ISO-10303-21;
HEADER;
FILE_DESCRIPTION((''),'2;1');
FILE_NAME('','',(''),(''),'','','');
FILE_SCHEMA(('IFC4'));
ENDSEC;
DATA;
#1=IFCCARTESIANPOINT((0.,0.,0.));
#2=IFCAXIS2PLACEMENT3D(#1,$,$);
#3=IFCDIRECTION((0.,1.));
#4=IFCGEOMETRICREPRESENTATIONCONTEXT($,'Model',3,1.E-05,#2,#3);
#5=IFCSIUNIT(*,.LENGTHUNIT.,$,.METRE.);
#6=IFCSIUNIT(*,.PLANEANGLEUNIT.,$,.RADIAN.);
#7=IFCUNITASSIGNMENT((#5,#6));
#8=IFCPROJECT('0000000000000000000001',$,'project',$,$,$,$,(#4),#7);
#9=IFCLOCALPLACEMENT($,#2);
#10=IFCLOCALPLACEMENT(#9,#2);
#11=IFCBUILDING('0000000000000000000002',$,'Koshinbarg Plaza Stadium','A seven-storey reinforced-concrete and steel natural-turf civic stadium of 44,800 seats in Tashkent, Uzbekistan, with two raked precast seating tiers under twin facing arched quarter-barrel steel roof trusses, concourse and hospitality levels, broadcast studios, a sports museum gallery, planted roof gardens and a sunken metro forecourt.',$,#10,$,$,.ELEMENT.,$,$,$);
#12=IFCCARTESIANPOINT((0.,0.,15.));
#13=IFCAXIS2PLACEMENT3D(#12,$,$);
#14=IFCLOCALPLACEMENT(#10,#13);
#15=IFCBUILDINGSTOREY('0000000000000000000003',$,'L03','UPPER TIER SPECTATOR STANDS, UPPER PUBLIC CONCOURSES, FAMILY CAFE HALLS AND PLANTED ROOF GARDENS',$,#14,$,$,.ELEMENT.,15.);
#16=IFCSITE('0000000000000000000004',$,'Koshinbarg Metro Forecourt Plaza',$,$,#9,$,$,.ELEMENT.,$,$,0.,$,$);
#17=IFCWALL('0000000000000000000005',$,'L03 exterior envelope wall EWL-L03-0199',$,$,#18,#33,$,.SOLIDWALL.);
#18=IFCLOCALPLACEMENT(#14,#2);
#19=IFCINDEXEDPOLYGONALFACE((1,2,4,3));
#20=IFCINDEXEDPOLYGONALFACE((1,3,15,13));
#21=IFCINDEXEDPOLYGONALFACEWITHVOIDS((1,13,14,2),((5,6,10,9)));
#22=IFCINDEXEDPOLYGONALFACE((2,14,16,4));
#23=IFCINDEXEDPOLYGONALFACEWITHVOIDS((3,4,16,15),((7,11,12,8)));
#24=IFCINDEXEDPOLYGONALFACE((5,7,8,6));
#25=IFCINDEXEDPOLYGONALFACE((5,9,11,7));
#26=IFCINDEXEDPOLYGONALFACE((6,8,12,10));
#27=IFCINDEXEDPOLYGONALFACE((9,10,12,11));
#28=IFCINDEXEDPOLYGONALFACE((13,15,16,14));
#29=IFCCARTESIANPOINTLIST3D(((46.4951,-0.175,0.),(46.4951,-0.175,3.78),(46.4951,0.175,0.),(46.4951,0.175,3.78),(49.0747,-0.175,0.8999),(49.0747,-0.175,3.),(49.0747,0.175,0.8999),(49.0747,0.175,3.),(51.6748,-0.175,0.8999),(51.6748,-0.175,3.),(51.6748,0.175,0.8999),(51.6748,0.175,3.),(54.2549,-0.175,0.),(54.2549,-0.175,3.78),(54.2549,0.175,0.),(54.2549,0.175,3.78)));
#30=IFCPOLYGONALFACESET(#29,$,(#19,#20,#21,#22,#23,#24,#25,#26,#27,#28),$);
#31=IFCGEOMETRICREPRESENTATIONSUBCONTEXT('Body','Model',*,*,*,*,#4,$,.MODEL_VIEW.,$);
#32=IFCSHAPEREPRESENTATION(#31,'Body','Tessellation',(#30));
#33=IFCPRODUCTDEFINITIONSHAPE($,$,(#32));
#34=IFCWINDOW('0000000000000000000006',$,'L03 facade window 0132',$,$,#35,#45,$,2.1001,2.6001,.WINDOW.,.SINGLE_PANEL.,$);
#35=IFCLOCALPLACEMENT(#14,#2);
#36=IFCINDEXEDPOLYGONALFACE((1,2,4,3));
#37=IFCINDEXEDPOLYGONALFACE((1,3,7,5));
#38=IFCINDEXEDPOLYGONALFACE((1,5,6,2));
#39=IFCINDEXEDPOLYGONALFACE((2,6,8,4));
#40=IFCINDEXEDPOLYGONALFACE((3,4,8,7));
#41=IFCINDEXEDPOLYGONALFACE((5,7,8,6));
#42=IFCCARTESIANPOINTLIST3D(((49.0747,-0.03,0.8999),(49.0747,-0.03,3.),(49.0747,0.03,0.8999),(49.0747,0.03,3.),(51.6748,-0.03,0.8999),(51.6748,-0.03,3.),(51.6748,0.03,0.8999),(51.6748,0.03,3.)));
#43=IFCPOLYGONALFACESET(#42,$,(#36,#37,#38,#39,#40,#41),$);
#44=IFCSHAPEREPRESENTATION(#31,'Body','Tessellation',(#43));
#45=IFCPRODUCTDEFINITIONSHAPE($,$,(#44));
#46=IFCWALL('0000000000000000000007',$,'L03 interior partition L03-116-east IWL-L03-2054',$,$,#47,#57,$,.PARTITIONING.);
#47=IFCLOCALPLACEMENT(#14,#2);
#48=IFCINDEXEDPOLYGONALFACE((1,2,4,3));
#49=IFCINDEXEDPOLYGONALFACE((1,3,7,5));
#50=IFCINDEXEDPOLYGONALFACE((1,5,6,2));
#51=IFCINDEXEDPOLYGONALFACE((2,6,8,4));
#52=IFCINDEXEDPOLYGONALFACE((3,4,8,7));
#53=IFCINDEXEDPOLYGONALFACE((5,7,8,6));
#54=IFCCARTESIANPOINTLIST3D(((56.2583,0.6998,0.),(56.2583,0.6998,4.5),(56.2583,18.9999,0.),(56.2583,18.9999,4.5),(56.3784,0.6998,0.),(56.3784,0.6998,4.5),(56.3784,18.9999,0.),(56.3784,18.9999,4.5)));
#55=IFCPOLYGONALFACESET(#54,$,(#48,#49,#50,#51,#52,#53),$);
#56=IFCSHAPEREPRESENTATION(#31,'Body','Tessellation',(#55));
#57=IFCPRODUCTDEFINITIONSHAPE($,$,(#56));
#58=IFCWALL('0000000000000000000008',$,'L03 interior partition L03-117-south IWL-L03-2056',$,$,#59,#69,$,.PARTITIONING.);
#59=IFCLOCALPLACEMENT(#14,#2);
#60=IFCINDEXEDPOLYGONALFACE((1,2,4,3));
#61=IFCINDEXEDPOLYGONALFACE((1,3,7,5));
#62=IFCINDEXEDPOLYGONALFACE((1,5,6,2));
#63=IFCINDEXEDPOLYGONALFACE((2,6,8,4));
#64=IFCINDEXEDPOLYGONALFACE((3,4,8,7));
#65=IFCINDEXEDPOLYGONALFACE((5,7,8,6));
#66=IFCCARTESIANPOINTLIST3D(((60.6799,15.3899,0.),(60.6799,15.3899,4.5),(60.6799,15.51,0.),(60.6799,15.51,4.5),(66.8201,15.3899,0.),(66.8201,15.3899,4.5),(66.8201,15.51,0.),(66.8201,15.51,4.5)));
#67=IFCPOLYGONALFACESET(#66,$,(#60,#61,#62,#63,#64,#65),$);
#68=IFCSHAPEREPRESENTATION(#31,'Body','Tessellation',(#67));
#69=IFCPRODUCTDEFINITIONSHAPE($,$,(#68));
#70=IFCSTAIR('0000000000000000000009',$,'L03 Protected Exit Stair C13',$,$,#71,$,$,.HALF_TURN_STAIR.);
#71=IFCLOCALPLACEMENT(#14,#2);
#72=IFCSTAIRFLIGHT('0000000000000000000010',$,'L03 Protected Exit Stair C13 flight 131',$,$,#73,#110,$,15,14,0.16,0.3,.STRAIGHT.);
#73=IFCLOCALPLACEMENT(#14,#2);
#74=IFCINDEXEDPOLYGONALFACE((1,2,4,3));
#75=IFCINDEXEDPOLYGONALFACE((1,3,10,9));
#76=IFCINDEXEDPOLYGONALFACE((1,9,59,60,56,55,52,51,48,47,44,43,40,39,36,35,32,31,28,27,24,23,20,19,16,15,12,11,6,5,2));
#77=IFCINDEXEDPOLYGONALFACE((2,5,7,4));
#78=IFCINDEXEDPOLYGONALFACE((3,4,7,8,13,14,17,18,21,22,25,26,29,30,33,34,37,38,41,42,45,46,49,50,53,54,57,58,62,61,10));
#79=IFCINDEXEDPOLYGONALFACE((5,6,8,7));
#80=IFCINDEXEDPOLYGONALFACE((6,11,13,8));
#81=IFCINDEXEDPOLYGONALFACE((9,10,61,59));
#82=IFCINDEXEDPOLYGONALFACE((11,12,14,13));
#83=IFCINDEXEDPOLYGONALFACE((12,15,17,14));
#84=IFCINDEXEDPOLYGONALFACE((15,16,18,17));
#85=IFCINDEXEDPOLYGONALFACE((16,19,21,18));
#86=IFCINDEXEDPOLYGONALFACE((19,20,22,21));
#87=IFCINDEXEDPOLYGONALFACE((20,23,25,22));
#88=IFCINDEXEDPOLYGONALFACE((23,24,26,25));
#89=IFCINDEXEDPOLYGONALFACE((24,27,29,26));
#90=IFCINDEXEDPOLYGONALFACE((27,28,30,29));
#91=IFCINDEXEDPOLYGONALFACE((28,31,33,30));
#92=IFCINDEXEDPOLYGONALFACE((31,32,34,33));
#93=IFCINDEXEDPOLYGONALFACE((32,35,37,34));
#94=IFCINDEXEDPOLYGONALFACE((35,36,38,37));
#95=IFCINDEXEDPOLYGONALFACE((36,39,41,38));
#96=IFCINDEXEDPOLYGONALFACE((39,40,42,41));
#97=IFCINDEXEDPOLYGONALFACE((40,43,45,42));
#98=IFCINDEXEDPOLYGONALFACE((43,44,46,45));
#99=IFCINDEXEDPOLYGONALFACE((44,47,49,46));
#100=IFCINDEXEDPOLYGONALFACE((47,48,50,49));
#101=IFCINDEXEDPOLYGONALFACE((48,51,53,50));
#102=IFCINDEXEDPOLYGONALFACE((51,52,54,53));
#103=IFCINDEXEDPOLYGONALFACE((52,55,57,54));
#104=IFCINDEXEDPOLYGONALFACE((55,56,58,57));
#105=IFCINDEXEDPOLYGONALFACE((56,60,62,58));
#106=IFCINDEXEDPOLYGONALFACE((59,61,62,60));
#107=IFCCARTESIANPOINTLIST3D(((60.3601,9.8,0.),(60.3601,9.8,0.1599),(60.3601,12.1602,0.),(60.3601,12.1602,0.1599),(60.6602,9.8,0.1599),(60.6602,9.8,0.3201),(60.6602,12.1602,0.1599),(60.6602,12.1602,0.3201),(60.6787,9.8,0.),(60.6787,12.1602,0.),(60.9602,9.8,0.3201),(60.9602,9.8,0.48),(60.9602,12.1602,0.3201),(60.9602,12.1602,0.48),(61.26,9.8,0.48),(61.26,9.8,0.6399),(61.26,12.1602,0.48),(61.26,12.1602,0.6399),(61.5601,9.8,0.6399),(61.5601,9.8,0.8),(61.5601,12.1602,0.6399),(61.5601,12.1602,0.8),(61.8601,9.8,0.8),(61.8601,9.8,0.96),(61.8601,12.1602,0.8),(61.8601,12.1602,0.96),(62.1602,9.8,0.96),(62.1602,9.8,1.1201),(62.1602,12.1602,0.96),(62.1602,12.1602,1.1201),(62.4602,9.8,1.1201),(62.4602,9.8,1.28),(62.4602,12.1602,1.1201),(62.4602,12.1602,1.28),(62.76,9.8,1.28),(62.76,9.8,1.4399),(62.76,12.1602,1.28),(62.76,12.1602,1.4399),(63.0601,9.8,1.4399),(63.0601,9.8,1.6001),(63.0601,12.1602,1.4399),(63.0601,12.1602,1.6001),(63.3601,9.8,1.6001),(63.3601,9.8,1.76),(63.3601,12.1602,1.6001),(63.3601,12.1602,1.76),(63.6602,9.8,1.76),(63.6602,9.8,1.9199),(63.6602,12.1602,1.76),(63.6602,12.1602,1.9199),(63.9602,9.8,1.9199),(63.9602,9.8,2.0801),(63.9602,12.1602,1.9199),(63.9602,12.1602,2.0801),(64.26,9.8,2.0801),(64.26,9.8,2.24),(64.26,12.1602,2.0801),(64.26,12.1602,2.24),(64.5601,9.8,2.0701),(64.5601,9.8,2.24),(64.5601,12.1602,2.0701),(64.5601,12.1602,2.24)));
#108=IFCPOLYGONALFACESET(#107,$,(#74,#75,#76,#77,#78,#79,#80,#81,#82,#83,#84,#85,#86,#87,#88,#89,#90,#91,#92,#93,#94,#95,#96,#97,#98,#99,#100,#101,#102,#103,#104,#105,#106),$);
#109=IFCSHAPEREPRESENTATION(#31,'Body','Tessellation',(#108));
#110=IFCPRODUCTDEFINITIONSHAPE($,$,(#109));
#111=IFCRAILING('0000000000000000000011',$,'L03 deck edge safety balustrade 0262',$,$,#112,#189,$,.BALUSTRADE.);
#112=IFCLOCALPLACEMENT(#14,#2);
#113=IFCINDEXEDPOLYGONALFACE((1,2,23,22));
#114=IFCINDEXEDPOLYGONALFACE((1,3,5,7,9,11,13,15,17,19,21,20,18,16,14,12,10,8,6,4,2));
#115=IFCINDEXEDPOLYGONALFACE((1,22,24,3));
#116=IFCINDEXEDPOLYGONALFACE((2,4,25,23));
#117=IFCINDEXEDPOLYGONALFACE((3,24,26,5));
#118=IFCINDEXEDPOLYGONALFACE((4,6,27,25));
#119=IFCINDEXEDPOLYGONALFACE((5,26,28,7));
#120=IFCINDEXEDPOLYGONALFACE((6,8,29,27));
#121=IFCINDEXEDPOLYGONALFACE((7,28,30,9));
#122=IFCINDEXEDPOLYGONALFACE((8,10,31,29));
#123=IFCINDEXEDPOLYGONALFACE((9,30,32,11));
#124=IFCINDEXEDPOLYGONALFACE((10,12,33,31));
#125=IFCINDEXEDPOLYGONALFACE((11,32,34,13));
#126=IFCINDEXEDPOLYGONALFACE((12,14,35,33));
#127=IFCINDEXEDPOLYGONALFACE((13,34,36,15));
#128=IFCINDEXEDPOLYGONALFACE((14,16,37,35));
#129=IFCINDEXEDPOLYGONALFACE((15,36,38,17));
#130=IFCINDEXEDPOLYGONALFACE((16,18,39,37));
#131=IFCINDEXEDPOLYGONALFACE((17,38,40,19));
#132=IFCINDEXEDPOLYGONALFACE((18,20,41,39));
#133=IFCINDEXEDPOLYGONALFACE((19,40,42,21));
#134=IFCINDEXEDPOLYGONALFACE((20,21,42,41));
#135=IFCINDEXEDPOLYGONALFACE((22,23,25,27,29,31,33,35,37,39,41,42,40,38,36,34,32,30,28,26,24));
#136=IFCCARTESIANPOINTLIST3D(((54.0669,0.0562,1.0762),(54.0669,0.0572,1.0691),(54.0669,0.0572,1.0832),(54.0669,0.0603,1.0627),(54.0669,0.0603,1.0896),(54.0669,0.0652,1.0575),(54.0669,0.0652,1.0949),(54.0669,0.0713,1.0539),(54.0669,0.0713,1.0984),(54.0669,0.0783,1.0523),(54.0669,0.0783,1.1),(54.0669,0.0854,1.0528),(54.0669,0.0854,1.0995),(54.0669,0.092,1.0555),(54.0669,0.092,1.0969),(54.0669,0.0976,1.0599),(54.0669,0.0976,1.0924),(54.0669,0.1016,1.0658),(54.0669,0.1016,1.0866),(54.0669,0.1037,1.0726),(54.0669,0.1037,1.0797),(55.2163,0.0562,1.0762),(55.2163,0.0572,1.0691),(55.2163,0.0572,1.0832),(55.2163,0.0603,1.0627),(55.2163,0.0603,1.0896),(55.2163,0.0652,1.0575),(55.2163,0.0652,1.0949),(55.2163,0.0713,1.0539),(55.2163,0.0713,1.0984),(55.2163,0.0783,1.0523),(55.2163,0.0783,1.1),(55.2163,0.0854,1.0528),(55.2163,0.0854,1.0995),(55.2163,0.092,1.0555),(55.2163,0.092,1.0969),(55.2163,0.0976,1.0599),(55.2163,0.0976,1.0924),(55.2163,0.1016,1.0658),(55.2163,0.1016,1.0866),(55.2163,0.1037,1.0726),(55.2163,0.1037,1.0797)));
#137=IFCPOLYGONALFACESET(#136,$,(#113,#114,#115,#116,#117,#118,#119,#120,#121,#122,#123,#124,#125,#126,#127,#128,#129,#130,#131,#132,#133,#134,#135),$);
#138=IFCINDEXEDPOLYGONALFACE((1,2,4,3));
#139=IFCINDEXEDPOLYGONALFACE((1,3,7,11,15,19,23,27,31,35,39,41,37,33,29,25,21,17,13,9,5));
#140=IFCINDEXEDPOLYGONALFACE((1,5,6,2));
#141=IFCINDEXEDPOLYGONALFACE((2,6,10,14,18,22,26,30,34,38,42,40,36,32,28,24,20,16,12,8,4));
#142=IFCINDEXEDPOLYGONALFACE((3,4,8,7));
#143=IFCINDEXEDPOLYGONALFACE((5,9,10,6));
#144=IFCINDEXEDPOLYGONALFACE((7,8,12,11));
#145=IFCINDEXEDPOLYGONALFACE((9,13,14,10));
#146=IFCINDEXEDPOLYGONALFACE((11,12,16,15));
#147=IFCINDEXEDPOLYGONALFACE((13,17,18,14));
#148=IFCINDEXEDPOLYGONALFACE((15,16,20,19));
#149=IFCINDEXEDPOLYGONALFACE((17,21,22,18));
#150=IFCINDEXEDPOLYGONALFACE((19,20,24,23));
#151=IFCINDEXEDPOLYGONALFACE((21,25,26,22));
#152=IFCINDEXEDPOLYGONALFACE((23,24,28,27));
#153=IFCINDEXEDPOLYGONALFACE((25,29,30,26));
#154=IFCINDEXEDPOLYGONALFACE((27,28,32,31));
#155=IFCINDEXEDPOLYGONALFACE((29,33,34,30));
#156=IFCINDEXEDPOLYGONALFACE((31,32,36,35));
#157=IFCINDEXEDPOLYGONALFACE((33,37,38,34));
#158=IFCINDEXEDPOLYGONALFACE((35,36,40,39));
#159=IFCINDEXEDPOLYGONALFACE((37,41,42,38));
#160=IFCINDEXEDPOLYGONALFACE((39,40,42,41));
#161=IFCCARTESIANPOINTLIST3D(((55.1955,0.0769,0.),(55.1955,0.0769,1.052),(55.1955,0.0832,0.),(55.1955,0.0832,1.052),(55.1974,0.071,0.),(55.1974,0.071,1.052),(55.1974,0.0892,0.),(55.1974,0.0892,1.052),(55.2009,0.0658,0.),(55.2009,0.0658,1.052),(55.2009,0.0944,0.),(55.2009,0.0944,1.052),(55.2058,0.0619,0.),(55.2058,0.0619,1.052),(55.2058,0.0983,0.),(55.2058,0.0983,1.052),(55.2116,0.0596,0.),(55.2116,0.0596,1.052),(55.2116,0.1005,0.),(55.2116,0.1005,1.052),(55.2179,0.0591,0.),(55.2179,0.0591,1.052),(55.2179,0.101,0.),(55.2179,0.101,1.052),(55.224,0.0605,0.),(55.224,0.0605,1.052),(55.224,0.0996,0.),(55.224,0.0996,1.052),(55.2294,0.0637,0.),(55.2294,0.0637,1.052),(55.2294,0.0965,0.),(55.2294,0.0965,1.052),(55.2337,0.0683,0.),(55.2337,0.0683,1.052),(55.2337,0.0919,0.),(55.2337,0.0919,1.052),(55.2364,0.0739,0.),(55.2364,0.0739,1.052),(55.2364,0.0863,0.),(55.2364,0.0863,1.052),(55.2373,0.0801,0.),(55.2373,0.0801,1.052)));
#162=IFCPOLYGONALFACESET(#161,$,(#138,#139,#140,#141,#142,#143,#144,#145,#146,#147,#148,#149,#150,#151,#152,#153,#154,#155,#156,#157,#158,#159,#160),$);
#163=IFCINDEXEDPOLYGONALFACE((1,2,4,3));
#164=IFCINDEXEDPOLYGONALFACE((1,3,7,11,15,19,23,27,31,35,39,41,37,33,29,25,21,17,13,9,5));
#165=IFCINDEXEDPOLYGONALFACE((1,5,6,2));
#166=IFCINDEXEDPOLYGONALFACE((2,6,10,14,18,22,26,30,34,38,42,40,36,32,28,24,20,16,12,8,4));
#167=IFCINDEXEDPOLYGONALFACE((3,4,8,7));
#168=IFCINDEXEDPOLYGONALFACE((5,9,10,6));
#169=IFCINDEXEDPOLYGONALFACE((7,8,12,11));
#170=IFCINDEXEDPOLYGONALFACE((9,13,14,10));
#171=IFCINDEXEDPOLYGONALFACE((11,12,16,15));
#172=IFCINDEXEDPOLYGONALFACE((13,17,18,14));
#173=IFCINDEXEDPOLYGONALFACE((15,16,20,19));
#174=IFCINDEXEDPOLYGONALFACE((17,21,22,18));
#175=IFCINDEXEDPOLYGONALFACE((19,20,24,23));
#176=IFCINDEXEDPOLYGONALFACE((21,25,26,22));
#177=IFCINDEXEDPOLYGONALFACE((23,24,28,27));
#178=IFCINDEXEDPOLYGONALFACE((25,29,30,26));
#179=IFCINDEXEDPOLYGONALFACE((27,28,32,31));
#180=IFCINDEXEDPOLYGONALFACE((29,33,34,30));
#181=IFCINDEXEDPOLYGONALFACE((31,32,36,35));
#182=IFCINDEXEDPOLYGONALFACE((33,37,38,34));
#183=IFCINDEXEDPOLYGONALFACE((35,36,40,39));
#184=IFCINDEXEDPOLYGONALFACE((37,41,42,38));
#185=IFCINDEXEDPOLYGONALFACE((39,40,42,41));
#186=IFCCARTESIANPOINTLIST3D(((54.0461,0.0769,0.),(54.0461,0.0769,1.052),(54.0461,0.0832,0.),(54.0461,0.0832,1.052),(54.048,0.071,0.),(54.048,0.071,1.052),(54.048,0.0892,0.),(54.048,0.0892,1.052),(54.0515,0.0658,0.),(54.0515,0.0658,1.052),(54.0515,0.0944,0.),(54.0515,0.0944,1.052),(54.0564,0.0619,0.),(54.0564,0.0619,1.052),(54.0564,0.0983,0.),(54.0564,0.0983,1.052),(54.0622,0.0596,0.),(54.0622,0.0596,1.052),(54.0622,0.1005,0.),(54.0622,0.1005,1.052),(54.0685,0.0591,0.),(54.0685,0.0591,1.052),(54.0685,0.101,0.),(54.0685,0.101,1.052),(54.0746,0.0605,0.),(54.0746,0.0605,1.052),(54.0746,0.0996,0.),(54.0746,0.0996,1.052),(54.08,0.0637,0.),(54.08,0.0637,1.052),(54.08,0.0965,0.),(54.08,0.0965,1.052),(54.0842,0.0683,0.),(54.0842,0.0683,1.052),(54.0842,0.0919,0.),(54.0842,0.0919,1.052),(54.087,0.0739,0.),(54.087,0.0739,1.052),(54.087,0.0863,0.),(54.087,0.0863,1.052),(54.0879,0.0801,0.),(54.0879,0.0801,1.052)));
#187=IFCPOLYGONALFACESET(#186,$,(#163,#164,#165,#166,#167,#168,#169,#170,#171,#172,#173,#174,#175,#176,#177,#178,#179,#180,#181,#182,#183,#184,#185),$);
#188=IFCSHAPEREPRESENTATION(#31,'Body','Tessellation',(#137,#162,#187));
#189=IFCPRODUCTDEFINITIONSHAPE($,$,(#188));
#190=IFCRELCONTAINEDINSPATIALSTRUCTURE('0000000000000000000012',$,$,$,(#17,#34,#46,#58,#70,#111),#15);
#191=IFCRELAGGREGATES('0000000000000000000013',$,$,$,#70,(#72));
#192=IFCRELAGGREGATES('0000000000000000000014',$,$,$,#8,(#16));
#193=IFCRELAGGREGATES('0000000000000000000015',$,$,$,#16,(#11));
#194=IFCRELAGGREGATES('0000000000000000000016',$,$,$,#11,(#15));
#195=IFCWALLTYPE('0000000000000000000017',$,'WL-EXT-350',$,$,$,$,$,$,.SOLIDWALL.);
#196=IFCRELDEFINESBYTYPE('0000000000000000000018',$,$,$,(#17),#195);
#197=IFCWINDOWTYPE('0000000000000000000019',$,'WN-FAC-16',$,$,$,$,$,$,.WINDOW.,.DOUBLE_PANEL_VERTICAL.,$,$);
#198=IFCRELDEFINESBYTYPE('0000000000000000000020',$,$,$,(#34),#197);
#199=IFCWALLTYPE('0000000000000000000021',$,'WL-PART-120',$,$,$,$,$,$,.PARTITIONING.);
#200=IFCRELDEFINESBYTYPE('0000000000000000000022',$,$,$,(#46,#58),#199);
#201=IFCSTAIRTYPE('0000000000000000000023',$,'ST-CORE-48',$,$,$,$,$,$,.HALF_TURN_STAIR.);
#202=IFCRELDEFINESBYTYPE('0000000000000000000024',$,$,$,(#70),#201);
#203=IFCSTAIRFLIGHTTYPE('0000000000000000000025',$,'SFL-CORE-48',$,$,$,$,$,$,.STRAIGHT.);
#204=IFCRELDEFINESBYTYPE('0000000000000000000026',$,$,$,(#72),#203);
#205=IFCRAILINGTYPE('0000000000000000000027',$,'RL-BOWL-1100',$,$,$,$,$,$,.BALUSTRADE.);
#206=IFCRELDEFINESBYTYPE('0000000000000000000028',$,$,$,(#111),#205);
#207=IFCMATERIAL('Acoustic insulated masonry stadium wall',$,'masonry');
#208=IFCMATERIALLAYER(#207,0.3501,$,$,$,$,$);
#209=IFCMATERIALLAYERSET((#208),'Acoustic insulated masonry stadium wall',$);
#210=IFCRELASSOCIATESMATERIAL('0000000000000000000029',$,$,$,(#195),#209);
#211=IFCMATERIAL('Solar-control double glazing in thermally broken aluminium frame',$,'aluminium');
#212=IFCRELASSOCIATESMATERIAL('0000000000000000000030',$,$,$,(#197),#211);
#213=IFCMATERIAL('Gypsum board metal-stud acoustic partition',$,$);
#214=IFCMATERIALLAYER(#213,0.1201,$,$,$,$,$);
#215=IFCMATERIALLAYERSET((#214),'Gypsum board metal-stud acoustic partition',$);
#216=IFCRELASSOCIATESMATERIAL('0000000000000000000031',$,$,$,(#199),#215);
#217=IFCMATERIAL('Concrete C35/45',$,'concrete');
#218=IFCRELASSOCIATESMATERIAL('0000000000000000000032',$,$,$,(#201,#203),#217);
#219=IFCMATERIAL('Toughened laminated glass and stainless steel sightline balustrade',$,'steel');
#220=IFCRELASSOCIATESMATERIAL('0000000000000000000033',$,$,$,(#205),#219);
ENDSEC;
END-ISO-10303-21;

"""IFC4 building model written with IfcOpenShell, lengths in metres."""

from ifc_helpers import new_model, si_unit, direction, frame, frame_2d, origin, origin_2d, place, context, subcontext, project, spatial, polyline, rectangle, circle, outline, extrude, material, layer, layer_set, type_object, element, fill, aggregate, save


model = new_model("IFC4")

# Units and contexts
model_context = context("Model", 3, precision=1e-05, world=origin(), true_north=direction((0.0, 1.0)))
body_context = subcontext(model_context, "Body", "Model", "MODEL_VIEW")
ifc_project = project(units=[si_unit("LENGTHUNIT", "METRE"), si_unit("PLANEANGLEUNIT", "RADIAN")], contexts=[model_context])

# Site, building, storey
site_placement = place(None, origin())
site = spatial("IfcSite", under=ifc_project, at=site_placement, Name="Koshinbarg Metro Forecourt Plaza", CompositionType="ELEMENT", RefElevation=0.0)
building_placement = place(site_placement, origin())
building = spatial("IfcBuilding", under=site, at=building_placement, Name="Koshinbarg Plaza Stadium", Description="A seven-storey reinforced-concrete and steel natural-turf civic stadium of 44,800 seats in Tashkent, Uzbekistan, with two raked precast seating tiers under twin facing arched quarter-barrel steel roof trusses, concourse and hospitality levels, broadcast studios, a sports museum gallery, planted roof gardens and a sunken metro forecourt.", CompositionType="ELEMENT")
storey_placement = place(building_placement, frame((0.0, 0.0, 15.0)))
storey = spatial("IfcBuildingStorey", under=building, at=storey_placement, Name="L03", Description="UPPER TIER SPECTATOR STANDS, UPPER PUBLIC CONCOURSES, FAMILY CAFE HALLS AND PLANTED ROOF GARDENS", CompositionType="ELEMENT", Elevation=15.0)

# Wall, opening, window
ifc_material_1 = material(Name="Solar-control double glazing in thermally broken aluminium frame", Category="aluminium")
ifc_material_2 = material(Name="Acoustic insulated masonry stadium wall", Category="masonry")
ifc_layer_1 = layer(ifc_material_2, 0.3501)
ifc_layer_set_1 = layer_set([ifc_layer_1], Name="Acoustic insulated masonry stadium wall")
wall_type_1 = type_object("IfcWallType", Name="WL-EXT-350", PredefinedType="SOLIDWALL", material=ifc_layer_set_1)
wall_1_placement = place(storey_placement, frame((54.2549, 0.0, 0.0), z_axis=(0.0, 0.0, 1.0), x_axis=(-1.0, 0.0, 0.0)))
wall_1 = element("IfcWall", 1, at=wall_1_placement, inside=storey, type_object=wall_type_1, Name="L03 exterior envelope wall EWL-L03-0199", PredefinedType="SOLIDWALL", context=body_context, shape_type="SweptSolid", body=[
    extrude(rectangle(XDim=7.7598, YDim=0.3501, at=frame_2d((3.8799, 0.0))), origin(), (0.0, 0.0, 1.0), 3.78),
])
opening_1_placement = place(wall_1_placement, frame((2.5801, 0.0, 0.8999)))
opening_1 = element("IfcOpeningElement", 2, at=opening_1_placement, cuts=wall_1, PredefinedType="OPENING", context=body_context, shape_type="SweptSolid", body=[
    extrude(rectangle(XDim=2.6001, YDim=2.1001, at=frame_2d((1.3, 1.05))), frame((0.0, 0.1851, 0.0), z_axis=(0.0, -1.0, 0.0), x_axis=(1.0, 0.0, 0.0)), (0.0, 0.0, 1.0), 0.3701),
])
window_type_1 = type_object("IfcWindowType", Name="WN-FAC-16", PartitioningType="DOUBLE_PANEL_VERTICAL", PredefinedType="WINDOW", material=ifc_material_1)
window_1_placement = place(opening_1_placement, origin())
window_1 = element("IfcWindow", 3, at=window_1_placement, inside=storey, type_object=window_type_1, Name="L03 facade window 0132", OverallHeight=2.1001, OverallWidth=2.6001, PartitioningType="SINGLE_PANEL", PredefinedType="WINDOW", context=body_context, shape_type="SweptSolid", body=[
    extrude(rectangle(XDim=2.6001, YDim=2.1001, at=frame_2d((1.3, 1.05))), frame((0.0, 0.03, 0.0), z_axis=(0.0, -1.0, 0.0), x_axis=(1.0, 0.0, 0.0)), (0.0, 0.0, 1.0), 0.0601),
])
fill(opening_1, window_1)

# Walls
ifc_material_3 = material(Name="Gypsum board metal-stud acoustic partition")
ifc_layer_2 = layer(ifc_material_3, 0.1201)
ifc_layer_set_2 = layer_set([ifc_layer_2], Name="Gypsum board metal-stud acoustic partition")
wall_type_2 = type_object("IfcWallType", Name="WL-PART-120", PredefinedType="PARTITIONING", material=ifc_layer_set_2)
wall_2_placement = place(storey_placement, frame((56.3184, 0.7, 0.0), z_axis=(0.0, 0.0, 1.0), x_axis=(0.0, 1.0, 0.0)))
element("IfcWall", 4, at=wall_2_placement, inside=storey, type_object=wall_type_2, Name="L03 interior partition L03-116-east IWL-L03-2054", PredefinedType="PARTITIONING", context=body_context, shape_type="SweptSolid", body=[
    extrude(rectangle(XDim=18.3, YDim=0.1201, at=frame_2d((9.1499, 0.0))), origin(), (0.0, 0.0, 1.0), 4.5),
])
wall_3_placement = place(storey_placement, frame((60.6799, 15.45, 0.0), z_axis=(0.0, 0.0, 1.0), x_axis=(1.0, 0.0, 0.0)))
element("IfcWall", 5, at=wall_3_placement, inside=storey, type_object=wall_type_2, Name="L03 interior partition L03-117-south IWL-L03-2056", PredefinedType="PARTITIONING", context=body_context, shape_type="SweptSolid", body=[
    extrude(rectangle(XDim=6.1401, YDim=0.1201, at=frame_2d((3.0701, 0.0))), origin(), (0.0, 0.0, 1.0), 4.5),
])

# Stair, stair flight
ifc_material_4 = material(Name="Concrete C35/45", Category="concrete")
stair_type = type_object("IfcStairType", Name="ST-CORE-48", PredefinedType="HALF_TURN_STAIR", material=ifc_material_4)
stair_placement = place(storey_placement, origin())
stair = element("IfcStair", 6, at=stair_placement, inside=storey, type_object=stair_type, Name="L03 Protected Exit Stair C13", PredefinedType="HALF_TURN_STAIR")
stair_flight_type = type_object("IfcStairFlightType", Name="SFL-CORE-48", PredefinedType="STRAIGHT", material=ifc_material_4)
stair_flight_placement = place(storey_placement, frame((60.3601, 10.98, 0.0), z_axis=(0.0, 0.0, 1.0), x_axis=(1.0, 0.0, 0.0)))
stair_flight = element("IfcStairFlight", 7, at=stair_flight_placement, type_object=stair_flight_type, Name="L03 Protected Exit Stair C13 flight 131", NumberOfRisers=15, NumberOfTreads=14, PredefinedType="STRAIGHT", RiserHeight=0.16, TreadLength=0.3, context=body_context, shape_type="SweptSolid", body=[
    extrude(outline(polyline([(0.0, 0.0), (0.0, 0.1599), (0.3, 0.1599), (0.3, 0.3201), (0.6001, 0.3201), (0.6001, 0.48), (0.8999, 0.48), (0.8999, 0.6399), (1.2, 0.6399), (1.2, 0.8), (1.5, 0.8), (1.5, 0.96), (1.8, 0.96), (1.8, 1.1201), (2.1001, 1.1201), (2.1001, 1.28), (2.3999, 1.28), (2.3999, 1.4399), (2.7, 1.4399), (2.7, 1.6001), (3.0, 1.6001), (3.0, 1.76), (3.3, 1.76), (3.3, 1.9199), (3.6001, 1.9199), (3.6001, 2.0801), (3.8999, 2.0801), (3.8999, 2.24), (4.2, 2.24), (4.2, 2.3999), (4.2, 2.0701), (0.3186, 0.0), (0.0, 0.0)])), frame((0.0, 1.1802, 0.0), z_axis=(0.0, -1.0, 0.0), x_axis=(1.0, 0.0, 0.0)), (0.0, 0.0, 1.0), 2.3601),
])
aggregate(stair, [stair_flight])

# Railing
ifc_material_5 = material(Name="Toughened laminated glass and stainless steel sightline balustrade", Category="steel")
railing_type_1 = type_object("IfcRailingType", Name="RL-BOWL-1100", PredefinedType="BALUSTRADE", material=ifc_material_5)
railing_1_placement = place(storey_placement, frame((55.2163, 0.0801, 0.0)))
element("IfcRailing", 8, at=railing_1_placement, inside=storey, type_object=railing_type_1, Name="L03 deck edge safety balustrade 0262", PredefinedType="BALUSTRADE", context=body_context, shape_type="SweptSolid", body=[
    extrude(circle(Radius=0.0239, at=origin_2d()), frame((0.0, 0.0, 1.0762), z_axis=(-1.0, 0.0, 0.0), x_axis=(0.0, -1.0, 0.0)), (0.0, 0.0, 1.0), 1.1494),
    extrude(circle(Radius=0.021, at=origin_2d()), origin(), (0.0, 0.0, 1.0), 1.052),
    extrude(circle(Radius=0.021, at=origin_2d()), frame((-1.1494, 0.0, 0.0)), (0.0, 0.0, 1.0), 1.052),
])

save(model, "model.ifc")
